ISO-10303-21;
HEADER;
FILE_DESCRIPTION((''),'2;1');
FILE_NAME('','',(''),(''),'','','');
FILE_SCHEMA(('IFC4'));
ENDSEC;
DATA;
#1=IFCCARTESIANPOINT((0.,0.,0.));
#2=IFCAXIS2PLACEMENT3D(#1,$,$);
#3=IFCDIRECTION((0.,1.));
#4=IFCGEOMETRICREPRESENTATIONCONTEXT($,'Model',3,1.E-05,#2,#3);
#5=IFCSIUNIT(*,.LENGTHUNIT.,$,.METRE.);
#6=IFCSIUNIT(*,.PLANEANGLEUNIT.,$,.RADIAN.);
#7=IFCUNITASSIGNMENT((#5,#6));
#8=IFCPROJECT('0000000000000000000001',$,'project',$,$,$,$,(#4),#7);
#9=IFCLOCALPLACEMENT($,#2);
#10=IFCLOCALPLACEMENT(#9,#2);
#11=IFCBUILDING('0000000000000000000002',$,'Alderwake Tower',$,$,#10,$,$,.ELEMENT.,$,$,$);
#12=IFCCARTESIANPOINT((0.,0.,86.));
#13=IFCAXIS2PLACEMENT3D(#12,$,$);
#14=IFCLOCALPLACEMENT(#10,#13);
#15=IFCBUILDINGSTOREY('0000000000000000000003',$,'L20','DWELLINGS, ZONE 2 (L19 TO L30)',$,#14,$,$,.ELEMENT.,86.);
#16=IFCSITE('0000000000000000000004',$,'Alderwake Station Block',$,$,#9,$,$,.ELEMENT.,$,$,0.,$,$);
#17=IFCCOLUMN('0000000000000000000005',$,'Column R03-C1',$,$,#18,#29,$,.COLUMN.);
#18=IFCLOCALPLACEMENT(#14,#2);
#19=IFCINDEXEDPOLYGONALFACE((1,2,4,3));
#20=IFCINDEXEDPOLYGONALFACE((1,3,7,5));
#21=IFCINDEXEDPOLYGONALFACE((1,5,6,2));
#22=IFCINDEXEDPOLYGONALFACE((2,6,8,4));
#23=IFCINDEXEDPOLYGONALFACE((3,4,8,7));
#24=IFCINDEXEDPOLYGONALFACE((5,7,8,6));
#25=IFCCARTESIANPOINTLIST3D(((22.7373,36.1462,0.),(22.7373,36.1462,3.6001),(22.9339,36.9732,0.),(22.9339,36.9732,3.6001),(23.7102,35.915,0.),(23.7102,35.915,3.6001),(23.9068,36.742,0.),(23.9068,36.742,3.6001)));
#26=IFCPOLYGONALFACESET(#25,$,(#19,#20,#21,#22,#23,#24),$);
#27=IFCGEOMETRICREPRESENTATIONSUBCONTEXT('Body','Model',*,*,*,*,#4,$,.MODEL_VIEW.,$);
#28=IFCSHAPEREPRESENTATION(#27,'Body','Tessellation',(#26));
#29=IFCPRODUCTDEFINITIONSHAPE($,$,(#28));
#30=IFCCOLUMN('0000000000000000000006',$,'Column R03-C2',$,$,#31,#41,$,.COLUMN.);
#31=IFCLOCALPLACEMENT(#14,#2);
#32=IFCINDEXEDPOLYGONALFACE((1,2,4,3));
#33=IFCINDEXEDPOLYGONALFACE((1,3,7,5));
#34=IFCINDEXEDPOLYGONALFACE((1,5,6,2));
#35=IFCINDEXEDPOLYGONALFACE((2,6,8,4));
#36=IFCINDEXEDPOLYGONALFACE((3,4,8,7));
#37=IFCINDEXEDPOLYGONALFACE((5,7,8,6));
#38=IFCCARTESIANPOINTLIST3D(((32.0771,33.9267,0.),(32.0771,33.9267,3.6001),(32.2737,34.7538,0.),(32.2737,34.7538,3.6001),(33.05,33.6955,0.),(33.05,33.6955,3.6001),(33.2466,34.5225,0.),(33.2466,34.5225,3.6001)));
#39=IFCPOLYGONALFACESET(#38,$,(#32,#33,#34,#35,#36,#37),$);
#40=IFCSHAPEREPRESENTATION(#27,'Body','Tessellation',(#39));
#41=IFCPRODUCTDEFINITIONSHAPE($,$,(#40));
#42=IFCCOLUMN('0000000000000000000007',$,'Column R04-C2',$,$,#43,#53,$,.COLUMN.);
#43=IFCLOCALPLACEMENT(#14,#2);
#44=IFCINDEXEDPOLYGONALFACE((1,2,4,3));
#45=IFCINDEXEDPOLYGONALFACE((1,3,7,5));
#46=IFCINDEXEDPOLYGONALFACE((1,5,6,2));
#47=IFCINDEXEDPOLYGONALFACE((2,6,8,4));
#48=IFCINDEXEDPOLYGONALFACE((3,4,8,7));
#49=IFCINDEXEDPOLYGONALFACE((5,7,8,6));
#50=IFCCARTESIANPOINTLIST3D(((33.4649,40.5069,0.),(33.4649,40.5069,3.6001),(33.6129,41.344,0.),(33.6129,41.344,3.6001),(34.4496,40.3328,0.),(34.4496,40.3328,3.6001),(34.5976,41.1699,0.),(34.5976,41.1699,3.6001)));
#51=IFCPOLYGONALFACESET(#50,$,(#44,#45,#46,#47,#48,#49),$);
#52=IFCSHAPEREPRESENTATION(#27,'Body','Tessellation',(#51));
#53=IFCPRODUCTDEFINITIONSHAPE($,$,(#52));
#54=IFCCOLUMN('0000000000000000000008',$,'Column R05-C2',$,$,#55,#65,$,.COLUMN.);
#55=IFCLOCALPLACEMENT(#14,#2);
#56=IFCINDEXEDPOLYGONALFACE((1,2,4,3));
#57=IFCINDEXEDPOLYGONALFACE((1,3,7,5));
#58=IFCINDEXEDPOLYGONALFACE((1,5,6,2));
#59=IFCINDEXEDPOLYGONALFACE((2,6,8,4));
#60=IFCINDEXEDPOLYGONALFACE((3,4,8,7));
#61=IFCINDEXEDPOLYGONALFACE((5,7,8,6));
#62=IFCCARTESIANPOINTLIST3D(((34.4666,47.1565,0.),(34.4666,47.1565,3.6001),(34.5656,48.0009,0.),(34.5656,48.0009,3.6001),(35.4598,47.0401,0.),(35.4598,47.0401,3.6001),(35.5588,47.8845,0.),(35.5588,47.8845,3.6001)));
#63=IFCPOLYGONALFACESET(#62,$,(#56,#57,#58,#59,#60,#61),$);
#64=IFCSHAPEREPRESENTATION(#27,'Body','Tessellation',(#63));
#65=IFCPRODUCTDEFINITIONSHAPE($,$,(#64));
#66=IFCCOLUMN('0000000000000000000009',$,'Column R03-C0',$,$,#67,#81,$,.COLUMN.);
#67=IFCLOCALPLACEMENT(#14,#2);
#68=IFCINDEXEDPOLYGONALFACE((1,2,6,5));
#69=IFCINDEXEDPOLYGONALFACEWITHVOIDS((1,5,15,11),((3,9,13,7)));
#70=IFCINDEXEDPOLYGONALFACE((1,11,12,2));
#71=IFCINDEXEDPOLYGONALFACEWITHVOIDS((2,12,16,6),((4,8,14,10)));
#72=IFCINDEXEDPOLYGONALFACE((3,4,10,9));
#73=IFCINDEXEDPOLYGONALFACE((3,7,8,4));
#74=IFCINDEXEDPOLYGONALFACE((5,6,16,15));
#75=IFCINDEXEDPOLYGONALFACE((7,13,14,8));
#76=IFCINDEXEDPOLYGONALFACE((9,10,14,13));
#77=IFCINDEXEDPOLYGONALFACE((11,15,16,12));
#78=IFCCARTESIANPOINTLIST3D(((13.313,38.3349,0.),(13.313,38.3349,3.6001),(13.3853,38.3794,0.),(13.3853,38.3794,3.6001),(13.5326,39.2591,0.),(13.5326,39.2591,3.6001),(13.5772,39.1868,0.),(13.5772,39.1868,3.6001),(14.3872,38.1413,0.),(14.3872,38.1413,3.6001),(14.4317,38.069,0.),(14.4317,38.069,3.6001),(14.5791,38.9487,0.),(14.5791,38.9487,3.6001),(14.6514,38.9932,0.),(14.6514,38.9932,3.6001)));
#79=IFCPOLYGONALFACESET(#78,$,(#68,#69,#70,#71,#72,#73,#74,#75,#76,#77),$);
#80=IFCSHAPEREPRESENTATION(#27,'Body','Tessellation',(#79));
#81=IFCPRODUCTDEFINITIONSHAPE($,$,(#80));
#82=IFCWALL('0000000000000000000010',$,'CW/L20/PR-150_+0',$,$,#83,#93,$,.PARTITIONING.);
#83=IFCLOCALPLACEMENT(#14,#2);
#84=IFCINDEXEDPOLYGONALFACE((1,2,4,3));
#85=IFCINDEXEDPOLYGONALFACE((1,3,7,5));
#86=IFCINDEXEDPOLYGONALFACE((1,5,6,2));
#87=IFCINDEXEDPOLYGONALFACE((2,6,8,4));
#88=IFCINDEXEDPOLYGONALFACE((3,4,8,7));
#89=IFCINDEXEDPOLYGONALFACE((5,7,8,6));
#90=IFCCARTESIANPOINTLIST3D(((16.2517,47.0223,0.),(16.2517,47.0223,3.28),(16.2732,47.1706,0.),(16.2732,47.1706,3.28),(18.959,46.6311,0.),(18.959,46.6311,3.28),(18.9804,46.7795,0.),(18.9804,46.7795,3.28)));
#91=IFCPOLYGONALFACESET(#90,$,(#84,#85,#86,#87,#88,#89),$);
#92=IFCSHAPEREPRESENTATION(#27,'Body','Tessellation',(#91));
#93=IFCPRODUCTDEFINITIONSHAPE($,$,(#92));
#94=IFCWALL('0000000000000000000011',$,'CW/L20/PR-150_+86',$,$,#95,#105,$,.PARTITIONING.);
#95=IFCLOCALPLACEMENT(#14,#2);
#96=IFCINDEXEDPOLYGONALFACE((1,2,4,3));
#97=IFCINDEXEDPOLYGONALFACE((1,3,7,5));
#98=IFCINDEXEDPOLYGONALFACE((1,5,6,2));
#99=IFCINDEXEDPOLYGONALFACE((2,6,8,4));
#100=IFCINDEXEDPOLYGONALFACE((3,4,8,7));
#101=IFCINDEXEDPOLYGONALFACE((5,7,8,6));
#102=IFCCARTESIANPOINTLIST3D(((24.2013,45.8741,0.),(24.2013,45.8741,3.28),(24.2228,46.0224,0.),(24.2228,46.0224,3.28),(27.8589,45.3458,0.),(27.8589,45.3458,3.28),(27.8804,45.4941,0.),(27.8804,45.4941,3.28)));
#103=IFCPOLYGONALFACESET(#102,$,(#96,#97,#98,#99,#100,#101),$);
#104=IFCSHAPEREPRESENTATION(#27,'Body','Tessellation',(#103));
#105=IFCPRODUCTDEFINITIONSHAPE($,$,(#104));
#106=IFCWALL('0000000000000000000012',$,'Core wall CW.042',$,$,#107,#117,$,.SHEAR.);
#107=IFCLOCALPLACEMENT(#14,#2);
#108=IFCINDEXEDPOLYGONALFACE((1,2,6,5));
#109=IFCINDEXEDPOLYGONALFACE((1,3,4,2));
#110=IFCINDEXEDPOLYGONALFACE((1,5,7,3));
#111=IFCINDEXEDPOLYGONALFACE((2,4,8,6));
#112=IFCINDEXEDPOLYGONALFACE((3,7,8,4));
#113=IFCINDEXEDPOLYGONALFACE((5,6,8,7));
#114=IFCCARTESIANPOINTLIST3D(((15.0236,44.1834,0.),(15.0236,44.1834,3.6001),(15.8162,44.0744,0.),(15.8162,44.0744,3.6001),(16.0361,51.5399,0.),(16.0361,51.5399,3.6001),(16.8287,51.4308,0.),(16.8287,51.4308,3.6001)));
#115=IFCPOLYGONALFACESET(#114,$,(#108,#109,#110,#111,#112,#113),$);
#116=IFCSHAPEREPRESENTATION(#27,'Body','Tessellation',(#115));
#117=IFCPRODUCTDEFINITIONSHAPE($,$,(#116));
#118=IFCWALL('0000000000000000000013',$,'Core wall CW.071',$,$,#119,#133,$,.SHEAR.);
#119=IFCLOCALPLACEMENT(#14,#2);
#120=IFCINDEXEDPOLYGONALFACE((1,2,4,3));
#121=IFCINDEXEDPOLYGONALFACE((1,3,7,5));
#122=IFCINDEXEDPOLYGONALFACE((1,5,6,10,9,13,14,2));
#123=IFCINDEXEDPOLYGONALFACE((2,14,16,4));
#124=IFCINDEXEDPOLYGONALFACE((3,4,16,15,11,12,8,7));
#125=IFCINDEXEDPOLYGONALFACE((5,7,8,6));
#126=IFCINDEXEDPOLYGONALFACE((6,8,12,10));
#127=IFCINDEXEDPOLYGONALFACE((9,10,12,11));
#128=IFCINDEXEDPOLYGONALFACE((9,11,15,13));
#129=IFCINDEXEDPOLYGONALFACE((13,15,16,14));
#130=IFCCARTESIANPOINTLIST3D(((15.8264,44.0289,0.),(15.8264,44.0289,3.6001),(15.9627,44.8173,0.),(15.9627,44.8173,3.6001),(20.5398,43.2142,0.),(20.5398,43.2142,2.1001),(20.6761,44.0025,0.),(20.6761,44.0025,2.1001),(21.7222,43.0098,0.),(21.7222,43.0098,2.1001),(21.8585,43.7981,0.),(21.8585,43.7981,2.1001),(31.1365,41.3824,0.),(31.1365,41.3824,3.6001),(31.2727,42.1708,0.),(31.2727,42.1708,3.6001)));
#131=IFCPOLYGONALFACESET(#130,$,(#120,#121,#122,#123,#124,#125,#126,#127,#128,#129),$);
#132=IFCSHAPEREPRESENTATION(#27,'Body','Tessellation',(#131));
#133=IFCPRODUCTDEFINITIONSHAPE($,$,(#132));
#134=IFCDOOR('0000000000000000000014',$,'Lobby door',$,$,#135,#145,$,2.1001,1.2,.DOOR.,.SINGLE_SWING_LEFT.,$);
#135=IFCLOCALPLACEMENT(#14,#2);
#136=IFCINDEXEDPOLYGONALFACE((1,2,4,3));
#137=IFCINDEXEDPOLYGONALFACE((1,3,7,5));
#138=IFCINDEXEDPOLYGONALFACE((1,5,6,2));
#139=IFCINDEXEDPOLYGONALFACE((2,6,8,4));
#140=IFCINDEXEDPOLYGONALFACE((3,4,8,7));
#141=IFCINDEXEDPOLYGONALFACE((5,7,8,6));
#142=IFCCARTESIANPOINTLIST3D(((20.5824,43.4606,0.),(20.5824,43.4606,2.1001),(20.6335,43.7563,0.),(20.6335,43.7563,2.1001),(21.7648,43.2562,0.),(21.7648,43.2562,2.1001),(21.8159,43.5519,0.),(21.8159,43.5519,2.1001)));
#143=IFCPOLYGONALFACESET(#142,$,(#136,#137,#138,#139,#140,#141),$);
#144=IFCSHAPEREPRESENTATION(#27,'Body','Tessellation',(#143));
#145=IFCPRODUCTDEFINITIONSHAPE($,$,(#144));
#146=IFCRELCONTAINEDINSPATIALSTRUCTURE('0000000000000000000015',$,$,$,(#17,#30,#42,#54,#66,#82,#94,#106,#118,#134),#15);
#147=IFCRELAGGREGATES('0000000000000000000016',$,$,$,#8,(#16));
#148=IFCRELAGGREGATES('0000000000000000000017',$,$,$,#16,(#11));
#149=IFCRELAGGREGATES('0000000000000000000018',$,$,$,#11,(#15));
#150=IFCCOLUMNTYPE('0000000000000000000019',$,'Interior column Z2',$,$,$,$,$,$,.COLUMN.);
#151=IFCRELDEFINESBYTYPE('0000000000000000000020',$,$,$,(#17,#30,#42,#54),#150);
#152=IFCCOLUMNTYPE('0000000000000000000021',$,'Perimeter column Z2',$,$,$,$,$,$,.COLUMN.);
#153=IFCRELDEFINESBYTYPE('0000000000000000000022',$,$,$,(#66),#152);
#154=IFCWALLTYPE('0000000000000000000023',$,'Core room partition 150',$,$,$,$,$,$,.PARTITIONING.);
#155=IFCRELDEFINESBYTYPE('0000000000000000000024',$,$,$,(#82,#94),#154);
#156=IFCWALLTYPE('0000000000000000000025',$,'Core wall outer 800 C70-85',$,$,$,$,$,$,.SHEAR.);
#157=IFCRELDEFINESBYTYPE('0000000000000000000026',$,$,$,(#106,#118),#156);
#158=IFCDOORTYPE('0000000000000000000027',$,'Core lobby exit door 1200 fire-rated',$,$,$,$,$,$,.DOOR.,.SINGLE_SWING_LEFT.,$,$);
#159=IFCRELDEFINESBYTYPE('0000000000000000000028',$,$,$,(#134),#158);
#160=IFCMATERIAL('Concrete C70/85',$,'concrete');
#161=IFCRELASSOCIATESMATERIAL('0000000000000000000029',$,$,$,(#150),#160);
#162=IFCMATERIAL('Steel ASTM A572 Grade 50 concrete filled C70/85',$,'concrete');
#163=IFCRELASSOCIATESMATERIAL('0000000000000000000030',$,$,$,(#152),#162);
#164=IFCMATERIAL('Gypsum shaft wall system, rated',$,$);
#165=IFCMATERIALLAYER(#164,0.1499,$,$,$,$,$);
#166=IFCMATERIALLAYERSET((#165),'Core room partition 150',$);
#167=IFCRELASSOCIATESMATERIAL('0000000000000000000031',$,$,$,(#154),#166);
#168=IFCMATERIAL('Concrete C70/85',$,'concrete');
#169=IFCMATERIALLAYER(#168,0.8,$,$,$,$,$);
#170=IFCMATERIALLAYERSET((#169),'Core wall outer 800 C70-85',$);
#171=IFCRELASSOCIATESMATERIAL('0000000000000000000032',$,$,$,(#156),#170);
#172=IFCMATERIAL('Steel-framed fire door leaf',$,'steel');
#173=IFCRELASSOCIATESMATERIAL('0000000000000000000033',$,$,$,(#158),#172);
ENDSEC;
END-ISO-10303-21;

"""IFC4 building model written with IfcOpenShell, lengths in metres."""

from ifc_helpers import new_model, si_unit, direction, frame, frame_2d, origin, origin_2d, place, context, subcontext, project, spatial, rectangle, hollow_rectangle, extrude, material, layer, layer_set, material_profile, profile_set, type_object, element, fill, save


model = new_model("IFC4")

# Units and contexts
model_context = context("Model", 3, precision=1e-05, world=origin(), true_north=direction((0.0, 1.0)))
body_context = subcontext(model_context, "Body", "Model", "MODEL_VIEW")
ifc_project = project(units=[si_unit("LENGTHUNIT", "METRE"), si_unit("PLANEANGLEUNIT", "RADIAN")], contexts=[model_context])

# Site, building, storey
site_placement = place(None, origin())
site = spatial("IfcSite", under=ifc_project, at=site_placement, Name="Alderwake Station Block", CompositionType="ELEMENT", RefElevation=0.0)
building_placement = place(site_placement, origin())
building = spatial("IfcBuilding", under=site, at=building_placement, Name="Alderwake Tower", CompositionType="ELEMENT")
storey_placement = place(building_placement, frame((0.0, 0.0, 86.0)))
storey = spatial("IfcBuildingStorey", under=building, at=storey_placement, Name="L20", Description="DWELLINGS, ZONE 2 (L19 TO L30)", CompositionType="ELEMENT", Elevation=86.0)

# Columns
ifc_material_1 = material(Name="Concrete C70/85", Category="concrete")
ifc_material_profile_1 = material_profile(ifc_material_1, rectangle(XDim=0.8501, YDim=1.0, at=origin_2d()), Name="RC 1000X850")
ifc_profile_set_1 = profile_set([ifc_material_profile_1], Name="Concrete C70/85")
column_type_1 = type_object("IfcColumnType", Name="Interior column Z2", PredefinedType="COLUMN", material=ifc_profile_set_1)
for number, where, z_axis, x_axis, name in (
    (1, (23.322, 36.4441, 0.0), (0.0, 0.0, 1.0), (0.231222, 0.972901, 0.0), "Column R03-C1"),
    (2, (32.6619, 34.2246, 0.0), (0.0, 0.0, 1.0), (0.231222, 0.972901, 0.0), "Column R03-C2"),
    (3, (34.0312, 40.8384, 0.0), (0.0, 0.0, 1.0), (0.174109, 0.984726, 0.0), "Column R04-C2"),
    (4, (35.0127, 47.5205, 0.0), (0.0, 0.0, 1.0), (0.116402, 0.993202, 0.0), "Column R05-C2"),
):
    element("IfcColumn", number, at=place(storey_placement, frame(where, z_axis=z_axis, x_axis=x_axis)), inside=storey, type_object=column_type_1, Name=name, PredefinedType="COLUMN", context=body_context, shape_type="SweptSolid", body=[
        extrude(rectangle(XDim=0.8501, YDim=1.0, at=origin_2d()), origin(), (0.0, 0.0, 1.0), 3.6001),
    ])
ifc_material_2 = material(Name="Steel ASTM A572 Grade 50 concrete filled C70/85", Category="concrete")
ifc_material_profile_2 = material_profile(ifc_material_2, hollow_rectangle(XDim=0.95, YDim=1.1499, WallThickness=0.0601, at=origin_2d()), Name="BOX 1150X950X60")
ifc_profile_set_2 = profile_set([ifc_material_profile_2], Name="Steel ASTM A572 Grade 50 concrete filled C70/85")
column_type_2 = type_object("IfcColumnType", Name="Perimeter column Z2", PredefinedType="COLUMN", material=ifc_profile_set_2)
column_placement = place(storey_placement, frame((13.9822, 38.6641, 0.0), z_axis=(0.0, 0.0, 1.0), x_axis=(0.231222, 0.972901, 0.0)))
element("IfcColumn", 5, at=column_placement, inside=storey, type_object=column_type_2, Name="Column R03-C0", PredefinedType="COLUMN", context=body_context, shape_type="SweptSolid", body=[
    extrude(hollow_rectangle(XDim=0.95, YDim=1.1499, WallThickness=0.0601, at=origin_2d()), origin(), (0.0, 0.0, 1.0), 3.6001),
])

# Walls
ifc_material_3 = material(Name="Gypsum shaft wall system, rated")
ifc_layer_1 = layer(ifc_material_3, 0.1499)
ifc_layer_set_1 = layer_set([ifc_layer_1], Name="Core room partition 150")
wall_type_1 = type_object("IfcWallType", Name="Core room partition 150", PredefinedType="PARTITIONING", material=ifc_layer_set_1)
wall_1_placement = place(storey_placement, frame((16.2625, 47.0964, 0.0), z_axis=(0.0, 0.0, 1.0), x_axis=(0.989725, -0.142983, 0.0)))
element("IfcWall", 6, at=wall_1_placement, inside=storey, type_object=wall_type_1, Name="CW/L20/PR-150_+0", PredefinedType="PARTITIONING", context=body_context, shape_type="SweptSolid", body=[
    extrude(rectangle(XDim=2.7354, YDim=0.1499, at=frame_2d((1.3677, 0.0))), origin(), (0.0, 0.0, 1.0), 3.28),
])
wall_2_placement = place(storey_placement, frame((24.2122, 45.9482, 0.0), z_axis=(0.0, 0.0, 1.0), x_axis=(0.989729, -0.142956, 0.0)))
element("IfcWall", 7, at=wall_2_placement, inside=storey, type_object=wall_type_1, Name="CW/L20/PR-150_+86", PredefinedType="PARTITIONING", context=body_context, shape_type="SweptSolid", body=[
    extrude(rectangle(XDim=3.6956, YDim=0.1499, at=frame_2d((1.8477, 0.0))), origin(), (0.0, 0.0, 1.0), 3.28),
])
ifc_material_4 = material(Name="Concrete C70/85", Category="concrete")
ifc_layer_2 = layer(ifc_material_4, 0.8)
ifc_layer_set_2 = layer_set([ifc_layer_2], Name="Core wall outer 800 C70-85")
wall_type_2 = type_object("IfcWallType", Name="Core wall outer 800 C70-85", PredefinedType="SHEAR", material=ifc_layer_set_2)
wall_3_placement = place(storey_placement, frame((15.4199, 44.1289, 0.0), z_axis=(0.0, 0.0, 1.0), x_axis=(0.136343, 0.990662, 0.0)))
element("IfcWall", 8, at=wall_3_placement, inside=storey, type_object=wall_type_2, Name="Core wall CW.042", PredefinedType="SHEAR", context=body_context, shape_type="SweptSolid", body=[
    extrude(rectangle(XDim=7.4258, YDim=0.8, at=frame_2d((3.7129, 0.0))), origin(), (0.0, 0.0, 1.0), 3.6001),
])

# Wall, opening, door
wall_4_placement = place(storey_placement, frame((31.2046, 41.7766, 0.0), z_axis=(0.0, 0.0, 1.0), x_axis=(-0.985387, 0.170333, 0.0)))
wall_4 = element("IfcWall", 9, at=wall_4_placement, inside=storey, type_object=wall_type_2, Name="Core wall CW.071", PredefinedType="SHEAR", context=body_context, shape_type="SweptSolid", body=[
    extrude(rectangle(XDim=15.5371, YDim=0.8, at=frame_2d((7.7686, 0.0))), origin(), (0.0, 0.0, 1.0), 3.6001),
])
opening_1_placement = place(wall_4_placement, frame((9.5537, 0.0, 0.0)))
opening_1 = element("IfcOpeningElement", 10, at=opening_1_placement, cuts=wall_4, PredefinedType="OPENING", context=body_context, shape_type="SweptSolid", body=[
    extrude(rectangle(XDim=1.2, YDim=2.1001, at=frame_2d((0.6001, 1.05))), frame((0.0, 0.4099, 0.0), z_axis=(0.0, -1.0, 0.0), x_axis=(1.0, 0.0, 0.0)), (0.0, 0.0, 1.0), 0.8201),
])
ifc_material_5 = material(Name="Steel-framed fire door leaf", Category="steel")
door_type_1 = type_object("IfcDoorType", Name="Core lobby exit door 1200 fire-rated", OperationType="SINGLE_SWING_LEFT", PredefinedType="DOOR", material=ifc_material_5)
door_1_placement = place(opening_1_placement, origin())
door_1 = element("IfcDoor", 11, at=door_1_placement, inside=storey, type_object=door_type_1, Name="Lobby door", OperationType="SINGLE_SWING_LEFT", OverallHeight=2.1001, OverallWidth=1.2, PredefinedType="DOOR", context=body_context, shape_type="SweptSolid", body=[
    extrude(rectangle(XDim=1.2, YDim=2.1001, at=frame_2d((0.6001, 1.05))), frame((0.0, 0.1499, 0.0), z_axis=(0.0, -1.0, 0.0), x_axis=(1.0, 0.0, 0.0)), (0.0, 0.0, 1.0), 0.3),
])
fill(opening_1, door_1)

save(model, "model.ifc")
